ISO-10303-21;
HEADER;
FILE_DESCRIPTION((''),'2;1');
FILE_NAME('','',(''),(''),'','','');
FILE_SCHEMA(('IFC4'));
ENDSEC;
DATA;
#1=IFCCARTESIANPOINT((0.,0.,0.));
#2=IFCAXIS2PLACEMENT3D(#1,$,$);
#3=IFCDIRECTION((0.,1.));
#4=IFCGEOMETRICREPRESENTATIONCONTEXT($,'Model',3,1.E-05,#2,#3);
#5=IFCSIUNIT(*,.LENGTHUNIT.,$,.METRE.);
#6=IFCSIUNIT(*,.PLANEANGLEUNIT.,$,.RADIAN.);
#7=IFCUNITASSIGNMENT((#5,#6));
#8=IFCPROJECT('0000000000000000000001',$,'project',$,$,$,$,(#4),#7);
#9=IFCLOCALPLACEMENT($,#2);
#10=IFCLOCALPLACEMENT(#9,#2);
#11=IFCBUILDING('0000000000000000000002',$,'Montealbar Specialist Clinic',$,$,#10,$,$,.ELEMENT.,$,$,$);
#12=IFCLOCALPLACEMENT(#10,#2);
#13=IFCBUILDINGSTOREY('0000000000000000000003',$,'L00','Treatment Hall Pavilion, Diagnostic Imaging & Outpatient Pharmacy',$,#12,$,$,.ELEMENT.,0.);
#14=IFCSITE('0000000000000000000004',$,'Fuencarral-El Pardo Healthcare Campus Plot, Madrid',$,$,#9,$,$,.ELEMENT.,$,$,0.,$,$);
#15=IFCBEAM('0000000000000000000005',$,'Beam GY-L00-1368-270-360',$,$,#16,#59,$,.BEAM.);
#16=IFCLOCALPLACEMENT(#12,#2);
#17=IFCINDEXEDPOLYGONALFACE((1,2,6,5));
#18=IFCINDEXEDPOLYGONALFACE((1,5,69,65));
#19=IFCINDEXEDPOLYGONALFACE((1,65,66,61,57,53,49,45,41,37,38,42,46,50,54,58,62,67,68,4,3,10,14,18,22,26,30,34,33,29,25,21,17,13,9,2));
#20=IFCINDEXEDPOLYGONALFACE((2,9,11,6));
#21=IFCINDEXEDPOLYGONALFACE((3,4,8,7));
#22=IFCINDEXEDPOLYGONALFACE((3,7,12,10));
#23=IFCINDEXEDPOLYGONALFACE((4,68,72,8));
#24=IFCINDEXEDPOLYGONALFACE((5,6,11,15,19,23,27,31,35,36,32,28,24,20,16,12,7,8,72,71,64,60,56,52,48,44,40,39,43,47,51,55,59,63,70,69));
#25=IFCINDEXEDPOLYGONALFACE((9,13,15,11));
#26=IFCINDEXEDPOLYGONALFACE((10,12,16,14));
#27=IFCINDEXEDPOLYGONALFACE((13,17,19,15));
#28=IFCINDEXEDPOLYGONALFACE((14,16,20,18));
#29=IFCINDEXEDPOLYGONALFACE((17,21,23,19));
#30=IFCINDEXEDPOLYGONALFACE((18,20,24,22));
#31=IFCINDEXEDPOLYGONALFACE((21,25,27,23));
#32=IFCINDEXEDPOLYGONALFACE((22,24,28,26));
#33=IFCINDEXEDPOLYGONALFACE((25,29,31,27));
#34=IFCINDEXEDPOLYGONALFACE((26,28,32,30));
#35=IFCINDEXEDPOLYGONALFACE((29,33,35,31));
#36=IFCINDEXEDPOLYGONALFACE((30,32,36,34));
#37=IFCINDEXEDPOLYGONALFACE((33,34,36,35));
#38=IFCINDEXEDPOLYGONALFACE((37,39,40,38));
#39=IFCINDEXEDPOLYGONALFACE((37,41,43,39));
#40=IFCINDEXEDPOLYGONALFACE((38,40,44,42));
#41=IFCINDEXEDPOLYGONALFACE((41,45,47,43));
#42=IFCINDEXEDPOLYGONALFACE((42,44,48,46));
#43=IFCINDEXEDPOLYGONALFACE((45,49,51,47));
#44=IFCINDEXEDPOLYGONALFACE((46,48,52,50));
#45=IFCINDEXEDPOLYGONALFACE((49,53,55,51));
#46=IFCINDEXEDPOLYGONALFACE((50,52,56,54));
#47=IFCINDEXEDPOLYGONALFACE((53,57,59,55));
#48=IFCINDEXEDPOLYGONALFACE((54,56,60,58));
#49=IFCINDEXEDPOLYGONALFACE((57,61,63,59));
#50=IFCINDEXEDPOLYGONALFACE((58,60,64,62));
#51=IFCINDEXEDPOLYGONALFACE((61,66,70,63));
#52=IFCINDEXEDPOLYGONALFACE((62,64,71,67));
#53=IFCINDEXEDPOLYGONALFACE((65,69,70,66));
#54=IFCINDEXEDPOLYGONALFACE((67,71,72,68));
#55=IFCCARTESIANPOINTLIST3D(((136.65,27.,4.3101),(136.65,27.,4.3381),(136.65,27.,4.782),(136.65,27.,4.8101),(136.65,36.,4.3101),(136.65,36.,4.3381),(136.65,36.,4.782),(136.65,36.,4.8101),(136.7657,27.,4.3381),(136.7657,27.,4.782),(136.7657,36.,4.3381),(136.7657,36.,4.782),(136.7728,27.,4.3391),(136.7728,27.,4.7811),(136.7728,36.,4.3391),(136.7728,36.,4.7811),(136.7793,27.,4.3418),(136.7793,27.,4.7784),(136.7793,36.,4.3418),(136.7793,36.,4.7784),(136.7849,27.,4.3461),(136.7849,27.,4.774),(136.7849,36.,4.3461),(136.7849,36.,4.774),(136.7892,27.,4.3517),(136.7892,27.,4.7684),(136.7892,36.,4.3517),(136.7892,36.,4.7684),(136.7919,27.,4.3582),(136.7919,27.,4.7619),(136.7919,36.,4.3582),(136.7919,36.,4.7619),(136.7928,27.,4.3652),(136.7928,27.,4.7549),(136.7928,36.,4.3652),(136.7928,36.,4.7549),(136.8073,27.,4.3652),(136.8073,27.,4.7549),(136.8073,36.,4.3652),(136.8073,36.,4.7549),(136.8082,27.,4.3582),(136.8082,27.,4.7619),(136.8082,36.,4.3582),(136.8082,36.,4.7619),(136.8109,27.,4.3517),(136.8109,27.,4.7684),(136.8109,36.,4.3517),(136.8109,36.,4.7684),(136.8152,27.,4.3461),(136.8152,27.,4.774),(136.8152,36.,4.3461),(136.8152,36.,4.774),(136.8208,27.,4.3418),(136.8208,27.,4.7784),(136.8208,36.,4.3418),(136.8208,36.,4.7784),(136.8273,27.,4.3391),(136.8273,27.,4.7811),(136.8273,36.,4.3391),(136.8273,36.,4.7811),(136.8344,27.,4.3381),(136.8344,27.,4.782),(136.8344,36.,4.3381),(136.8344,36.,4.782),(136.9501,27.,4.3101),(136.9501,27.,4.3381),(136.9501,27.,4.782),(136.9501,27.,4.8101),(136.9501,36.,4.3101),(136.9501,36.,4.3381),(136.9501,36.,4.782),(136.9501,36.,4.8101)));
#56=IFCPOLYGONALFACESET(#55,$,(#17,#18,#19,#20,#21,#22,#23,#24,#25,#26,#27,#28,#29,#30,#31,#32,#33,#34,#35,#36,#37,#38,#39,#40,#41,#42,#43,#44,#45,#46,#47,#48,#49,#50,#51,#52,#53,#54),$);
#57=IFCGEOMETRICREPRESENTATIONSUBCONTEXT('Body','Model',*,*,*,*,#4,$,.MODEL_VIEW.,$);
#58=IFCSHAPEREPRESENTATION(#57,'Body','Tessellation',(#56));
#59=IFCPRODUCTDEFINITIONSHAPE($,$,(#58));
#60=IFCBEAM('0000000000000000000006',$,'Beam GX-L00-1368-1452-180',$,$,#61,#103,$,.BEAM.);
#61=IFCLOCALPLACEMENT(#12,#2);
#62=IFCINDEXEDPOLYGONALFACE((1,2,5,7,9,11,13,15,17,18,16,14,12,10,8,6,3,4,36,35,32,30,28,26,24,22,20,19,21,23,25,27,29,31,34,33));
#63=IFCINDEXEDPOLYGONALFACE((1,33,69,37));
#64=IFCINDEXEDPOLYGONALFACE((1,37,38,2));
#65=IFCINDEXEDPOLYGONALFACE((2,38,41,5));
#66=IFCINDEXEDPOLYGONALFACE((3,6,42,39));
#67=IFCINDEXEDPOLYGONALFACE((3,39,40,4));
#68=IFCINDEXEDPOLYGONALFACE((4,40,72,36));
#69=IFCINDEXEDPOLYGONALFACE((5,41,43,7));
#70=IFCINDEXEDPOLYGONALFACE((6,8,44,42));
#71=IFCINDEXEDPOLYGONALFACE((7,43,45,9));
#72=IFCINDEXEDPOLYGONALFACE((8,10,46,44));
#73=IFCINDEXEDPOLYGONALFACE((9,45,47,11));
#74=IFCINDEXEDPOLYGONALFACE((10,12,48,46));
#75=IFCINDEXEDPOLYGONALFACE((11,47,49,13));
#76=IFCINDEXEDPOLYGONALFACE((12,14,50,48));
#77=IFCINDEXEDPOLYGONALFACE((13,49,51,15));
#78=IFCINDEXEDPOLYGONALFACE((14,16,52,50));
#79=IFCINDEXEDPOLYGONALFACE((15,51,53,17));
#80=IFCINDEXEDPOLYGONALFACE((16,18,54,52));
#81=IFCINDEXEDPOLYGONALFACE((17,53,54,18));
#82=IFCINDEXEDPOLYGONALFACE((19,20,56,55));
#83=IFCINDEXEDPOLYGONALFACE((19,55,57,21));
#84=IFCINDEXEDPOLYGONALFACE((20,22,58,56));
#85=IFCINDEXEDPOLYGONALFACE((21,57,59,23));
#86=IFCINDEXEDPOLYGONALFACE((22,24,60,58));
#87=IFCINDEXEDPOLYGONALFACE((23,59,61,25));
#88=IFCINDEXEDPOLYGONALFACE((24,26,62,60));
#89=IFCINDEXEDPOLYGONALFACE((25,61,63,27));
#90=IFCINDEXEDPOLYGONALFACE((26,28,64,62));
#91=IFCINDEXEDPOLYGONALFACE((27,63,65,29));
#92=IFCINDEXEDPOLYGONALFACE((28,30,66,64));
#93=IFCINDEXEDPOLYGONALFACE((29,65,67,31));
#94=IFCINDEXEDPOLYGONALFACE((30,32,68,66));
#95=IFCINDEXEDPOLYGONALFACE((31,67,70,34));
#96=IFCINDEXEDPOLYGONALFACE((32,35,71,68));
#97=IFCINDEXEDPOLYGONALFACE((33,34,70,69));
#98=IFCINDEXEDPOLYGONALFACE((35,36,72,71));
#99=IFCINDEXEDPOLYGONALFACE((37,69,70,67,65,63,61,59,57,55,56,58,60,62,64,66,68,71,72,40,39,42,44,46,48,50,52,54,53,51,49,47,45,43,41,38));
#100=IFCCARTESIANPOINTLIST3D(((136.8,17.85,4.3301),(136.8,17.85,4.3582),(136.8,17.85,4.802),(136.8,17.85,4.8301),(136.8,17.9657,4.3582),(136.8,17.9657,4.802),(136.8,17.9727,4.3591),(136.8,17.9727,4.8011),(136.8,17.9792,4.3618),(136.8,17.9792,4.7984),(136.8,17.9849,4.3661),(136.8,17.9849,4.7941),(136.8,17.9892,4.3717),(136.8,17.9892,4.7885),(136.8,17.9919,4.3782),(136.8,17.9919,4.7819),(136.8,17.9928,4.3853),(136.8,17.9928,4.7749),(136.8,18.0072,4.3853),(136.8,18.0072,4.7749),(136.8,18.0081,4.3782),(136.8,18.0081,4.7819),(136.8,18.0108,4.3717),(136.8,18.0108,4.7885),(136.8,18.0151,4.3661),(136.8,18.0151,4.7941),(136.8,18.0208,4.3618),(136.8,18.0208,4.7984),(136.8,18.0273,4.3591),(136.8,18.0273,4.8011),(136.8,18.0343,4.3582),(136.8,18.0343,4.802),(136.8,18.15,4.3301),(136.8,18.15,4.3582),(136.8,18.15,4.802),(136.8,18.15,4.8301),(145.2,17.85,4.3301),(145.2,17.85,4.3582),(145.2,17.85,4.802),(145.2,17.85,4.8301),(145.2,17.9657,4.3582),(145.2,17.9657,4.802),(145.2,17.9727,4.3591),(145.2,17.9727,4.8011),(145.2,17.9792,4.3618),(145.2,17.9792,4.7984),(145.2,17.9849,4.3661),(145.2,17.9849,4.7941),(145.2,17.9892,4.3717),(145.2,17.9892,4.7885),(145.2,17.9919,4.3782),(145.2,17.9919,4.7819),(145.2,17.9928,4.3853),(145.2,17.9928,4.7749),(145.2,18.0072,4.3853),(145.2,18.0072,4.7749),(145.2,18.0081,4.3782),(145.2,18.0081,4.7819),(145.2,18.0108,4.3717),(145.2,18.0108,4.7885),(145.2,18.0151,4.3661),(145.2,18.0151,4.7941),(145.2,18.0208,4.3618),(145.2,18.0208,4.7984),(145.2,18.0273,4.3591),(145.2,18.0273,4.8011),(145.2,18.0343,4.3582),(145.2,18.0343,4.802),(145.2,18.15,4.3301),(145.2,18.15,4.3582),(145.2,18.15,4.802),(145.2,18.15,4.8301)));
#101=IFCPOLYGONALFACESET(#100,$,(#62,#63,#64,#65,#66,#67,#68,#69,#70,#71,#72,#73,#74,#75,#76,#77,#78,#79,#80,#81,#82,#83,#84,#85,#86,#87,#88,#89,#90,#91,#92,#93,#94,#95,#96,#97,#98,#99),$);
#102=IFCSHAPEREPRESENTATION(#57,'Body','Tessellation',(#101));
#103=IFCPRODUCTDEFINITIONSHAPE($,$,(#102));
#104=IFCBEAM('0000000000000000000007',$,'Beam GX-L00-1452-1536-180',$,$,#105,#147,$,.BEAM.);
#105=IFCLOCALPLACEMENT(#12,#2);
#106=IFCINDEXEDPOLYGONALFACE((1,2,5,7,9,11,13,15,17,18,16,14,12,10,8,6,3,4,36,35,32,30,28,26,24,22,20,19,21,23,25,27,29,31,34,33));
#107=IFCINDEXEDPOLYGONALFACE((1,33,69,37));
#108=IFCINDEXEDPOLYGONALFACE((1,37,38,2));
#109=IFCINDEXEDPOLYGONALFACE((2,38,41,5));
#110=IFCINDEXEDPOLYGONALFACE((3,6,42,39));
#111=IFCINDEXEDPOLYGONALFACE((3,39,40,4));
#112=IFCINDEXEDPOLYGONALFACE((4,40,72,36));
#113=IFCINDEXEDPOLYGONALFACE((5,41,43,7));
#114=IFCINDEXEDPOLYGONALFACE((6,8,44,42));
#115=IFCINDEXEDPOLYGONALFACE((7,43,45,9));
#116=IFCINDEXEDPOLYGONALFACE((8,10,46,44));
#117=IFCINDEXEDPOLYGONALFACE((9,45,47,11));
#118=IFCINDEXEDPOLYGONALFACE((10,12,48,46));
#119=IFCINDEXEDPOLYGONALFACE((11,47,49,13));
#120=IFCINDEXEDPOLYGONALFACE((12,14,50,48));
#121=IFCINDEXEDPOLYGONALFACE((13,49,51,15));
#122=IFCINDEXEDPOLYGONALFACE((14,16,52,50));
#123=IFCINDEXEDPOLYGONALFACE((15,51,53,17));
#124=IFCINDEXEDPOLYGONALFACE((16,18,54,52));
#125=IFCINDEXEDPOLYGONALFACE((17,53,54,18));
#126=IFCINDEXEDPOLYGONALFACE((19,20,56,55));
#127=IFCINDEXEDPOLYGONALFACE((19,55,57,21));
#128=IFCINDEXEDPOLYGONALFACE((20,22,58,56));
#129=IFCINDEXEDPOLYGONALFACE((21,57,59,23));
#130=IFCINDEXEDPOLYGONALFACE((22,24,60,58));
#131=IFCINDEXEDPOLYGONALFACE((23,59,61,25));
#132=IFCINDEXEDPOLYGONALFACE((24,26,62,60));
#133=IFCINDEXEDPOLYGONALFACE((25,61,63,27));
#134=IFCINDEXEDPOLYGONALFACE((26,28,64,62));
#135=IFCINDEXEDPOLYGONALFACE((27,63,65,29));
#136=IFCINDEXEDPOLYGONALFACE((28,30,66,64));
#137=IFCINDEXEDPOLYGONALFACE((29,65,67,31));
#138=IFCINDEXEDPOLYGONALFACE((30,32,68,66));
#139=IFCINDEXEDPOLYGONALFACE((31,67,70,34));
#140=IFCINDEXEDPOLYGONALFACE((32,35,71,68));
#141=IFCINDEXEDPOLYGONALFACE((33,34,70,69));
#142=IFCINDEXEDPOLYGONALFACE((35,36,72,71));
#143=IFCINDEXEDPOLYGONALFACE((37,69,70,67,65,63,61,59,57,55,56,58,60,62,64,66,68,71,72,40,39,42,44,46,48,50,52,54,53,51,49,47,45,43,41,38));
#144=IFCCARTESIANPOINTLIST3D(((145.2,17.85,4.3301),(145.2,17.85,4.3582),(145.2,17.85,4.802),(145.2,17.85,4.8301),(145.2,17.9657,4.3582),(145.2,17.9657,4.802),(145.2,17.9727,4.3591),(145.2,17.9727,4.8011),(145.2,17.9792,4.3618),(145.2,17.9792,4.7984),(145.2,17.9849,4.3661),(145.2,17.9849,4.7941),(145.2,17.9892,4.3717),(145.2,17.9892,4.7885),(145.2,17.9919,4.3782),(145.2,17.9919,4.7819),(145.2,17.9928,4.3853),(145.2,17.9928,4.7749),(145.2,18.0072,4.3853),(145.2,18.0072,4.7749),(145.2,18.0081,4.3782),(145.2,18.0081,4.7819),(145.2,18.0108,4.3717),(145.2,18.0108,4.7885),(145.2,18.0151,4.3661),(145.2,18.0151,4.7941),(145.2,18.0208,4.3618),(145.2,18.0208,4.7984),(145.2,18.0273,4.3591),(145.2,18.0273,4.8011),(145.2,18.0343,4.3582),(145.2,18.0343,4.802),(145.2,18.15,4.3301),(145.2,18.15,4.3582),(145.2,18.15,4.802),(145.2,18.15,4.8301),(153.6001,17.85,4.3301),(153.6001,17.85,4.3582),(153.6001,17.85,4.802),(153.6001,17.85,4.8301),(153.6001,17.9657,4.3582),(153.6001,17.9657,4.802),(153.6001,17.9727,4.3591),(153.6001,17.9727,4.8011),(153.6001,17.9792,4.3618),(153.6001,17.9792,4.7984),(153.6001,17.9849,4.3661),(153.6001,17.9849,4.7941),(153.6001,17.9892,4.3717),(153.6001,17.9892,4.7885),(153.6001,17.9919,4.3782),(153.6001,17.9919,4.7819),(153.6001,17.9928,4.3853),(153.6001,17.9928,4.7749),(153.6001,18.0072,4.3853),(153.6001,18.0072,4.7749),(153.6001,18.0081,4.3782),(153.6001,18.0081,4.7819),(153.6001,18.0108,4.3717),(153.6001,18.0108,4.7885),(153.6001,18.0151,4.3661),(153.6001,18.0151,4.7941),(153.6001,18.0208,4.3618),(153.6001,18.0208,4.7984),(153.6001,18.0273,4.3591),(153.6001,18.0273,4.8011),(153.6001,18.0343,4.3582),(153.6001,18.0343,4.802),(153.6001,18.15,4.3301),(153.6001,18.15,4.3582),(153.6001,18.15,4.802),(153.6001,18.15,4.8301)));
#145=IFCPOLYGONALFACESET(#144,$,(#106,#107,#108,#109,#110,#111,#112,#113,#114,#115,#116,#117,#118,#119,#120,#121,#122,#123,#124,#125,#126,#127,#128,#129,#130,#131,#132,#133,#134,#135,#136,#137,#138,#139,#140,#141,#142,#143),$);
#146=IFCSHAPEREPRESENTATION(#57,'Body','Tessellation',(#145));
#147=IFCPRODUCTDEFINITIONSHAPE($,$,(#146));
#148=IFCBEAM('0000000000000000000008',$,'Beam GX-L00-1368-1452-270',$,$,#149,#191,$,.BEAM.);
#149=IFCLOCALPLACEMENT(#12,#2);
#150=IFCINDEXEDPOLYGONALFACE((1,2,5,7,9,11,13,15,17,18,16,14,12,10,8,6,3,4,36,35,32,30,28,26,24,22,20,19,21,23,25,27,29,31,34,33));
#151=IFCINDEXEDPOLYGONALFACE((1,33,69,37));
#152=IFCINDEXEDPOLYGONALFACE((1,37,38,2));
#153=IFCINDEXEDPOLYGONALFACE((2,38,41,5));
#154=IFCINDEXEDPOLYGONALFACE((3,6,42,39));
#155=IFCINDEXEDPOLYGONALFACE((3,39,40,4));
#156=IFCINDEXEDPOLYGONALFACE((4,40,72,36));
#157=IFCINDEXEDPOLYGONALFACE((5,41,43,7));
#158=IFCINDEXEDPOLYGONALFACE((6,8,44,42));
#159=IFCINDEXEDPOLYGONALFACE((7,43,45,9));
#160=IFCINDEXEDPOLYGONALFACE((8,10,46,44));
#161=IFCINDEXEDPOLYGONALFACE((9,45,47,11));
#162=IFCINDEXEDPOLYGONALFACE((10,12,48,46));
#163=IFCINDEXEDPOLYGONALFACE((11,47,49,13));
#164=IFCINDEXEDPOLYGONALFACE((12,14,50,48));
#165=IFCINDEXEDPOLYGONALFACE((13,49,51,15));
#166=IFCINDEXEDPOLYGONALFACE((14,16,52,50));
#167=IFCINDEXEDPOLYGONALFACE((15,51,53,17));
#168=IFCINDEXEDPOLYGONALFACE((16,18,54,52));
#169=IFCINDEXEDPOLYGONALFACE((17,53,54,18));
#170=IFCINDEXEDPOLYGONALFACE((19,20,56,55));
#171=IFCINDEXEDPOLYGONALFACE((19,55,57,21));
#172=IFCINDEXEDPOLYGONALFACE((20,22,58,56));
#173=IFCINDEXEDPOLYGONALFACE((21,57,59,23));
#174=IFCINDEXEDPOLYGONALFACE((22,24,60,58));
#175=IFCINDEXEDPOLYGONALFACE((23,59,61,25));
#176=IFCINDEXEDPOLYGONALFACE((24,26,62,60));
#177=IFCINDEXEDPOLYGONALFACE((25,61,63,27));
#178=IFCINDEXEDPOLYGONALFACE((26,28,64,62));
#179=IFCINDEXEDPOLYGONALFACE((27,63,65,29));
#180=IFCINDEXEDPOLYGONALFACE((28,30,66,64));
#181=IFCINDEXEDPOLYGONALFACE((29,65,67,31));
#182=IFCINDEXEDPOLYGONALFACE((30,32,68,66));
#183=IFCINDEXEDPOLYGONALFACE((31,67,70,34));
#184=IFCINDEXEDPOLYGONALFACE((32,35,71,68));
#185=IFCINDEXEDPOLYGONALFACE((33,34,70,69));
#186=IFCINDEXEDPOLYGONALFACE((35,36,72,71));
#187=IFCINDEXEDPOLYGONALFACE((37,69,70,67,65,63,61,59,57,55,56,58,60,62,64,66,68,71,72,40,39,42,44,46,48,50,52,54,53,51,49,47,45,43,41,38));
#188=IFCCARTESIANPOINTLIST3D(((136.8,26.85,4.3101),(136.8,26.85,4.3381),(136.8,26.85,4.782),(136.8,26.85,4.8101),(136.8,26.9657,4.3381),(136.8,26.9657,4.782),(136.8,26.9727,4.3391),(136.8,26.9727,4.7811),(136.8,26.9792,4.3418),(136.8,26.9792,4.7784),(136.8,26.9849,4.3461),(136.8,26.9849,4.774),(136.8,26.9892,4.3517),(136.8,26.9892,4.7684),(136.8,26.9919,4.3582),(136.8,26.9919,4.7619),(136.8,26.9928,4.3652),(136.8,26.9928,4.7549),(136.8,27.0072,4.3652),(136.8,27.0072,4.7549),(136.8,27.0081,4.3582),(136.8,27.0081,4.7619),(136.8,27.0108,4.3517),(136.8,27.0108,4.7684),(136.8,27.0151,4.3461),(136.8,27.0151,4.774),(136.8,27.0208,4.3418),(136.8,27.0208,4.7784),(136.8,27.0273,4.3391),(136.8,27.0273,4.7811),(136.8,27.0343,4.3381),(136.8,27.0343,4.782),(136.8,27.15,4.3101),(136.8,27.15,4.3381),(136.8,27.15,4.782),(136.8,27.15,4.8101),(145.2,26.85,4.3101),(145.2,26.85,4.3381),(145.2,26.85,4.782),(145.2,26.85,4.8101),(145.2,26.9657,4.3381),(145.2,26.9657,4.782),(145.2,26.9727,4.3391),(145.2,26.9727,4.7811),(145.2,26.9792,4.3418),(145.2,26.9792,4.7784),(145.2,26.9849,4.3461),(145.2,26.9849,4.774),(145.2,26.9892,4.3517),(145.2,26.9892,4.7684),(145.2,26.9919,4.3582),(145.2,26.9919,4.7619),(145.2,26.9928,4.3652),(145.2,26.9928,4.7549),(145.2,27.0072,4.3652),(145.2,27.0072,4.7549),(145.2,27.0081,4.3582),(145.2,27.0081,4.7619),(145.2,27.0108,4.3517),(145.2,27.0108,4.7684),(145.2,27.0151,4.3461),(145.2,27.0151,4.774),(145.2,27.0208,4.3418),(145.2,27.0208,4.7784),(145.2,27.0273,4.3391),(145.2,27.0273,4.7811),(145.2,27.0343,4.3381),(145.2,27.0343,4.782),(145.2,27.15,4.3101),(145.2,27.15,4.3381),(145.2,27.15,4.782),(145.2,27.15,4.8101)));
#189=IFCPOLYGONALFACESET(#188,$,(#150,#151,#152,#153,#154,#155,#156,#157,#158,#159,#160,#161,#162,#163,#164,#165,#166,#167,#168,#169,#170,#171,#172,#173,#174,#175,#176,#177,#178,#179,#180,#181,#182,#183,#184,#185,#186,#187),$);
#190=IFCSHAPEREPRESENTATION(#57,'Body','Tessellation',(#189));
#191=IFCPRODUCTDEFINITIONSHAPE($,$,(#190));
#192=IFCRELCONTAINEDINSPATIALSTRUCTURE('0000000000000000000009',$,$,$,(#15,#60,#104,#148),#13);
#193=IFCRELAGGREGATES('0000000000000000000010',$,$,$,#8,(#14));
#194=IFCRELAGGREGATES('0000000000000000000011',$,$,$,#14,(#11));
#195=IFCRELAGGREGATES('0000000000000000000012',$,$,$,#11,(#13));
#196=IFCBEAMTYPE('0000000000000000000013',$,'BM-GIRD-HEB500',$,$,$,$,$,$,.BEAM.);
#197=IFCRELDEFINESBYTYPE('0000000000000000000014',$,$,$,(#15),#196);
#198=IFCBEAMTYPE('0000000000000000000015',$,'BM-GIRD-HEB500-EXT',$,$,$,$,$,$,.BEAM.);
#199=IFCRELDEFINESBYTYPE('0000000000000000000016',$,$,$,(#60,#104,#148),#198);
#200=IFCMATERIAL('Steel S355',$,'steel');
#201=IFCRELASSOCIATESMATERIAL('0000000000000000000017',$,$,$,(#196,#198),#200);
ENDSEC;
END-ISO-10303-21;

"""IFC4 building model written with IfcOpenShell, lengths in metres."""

from ifc_helpers import new_model, si_unit, direction, frame, origin, origin_2d, place, context, subcontext, project, spatial, i_section, extrude, material, material_profile, profile_set, type_object, element, save


model = new_model("IFC4")

# Units and contexts
model_context = context("Model", 3, precision=1e-05, world=origin(), true_north=direction((0.0, 1.0)))
body_context = subcontext(model_context, "Body", "Model", "MODEL_VIEW")
ifc_project = project(units=[si_unit("LENGTHUNIT", "METRE"), si_unit("PLANEANGLEUNIT", "RADIAN")], contexts=[model_context])

# Site, building, storey
site_placement = place(None, origin())
site = spatial("IfcSite", under=ifc_project, at=site_placement, Name="Fuencarral-El Pardo Healthcare Campus Plot, Madrid", CompositionType="ELEMENT", RefElevation=0.0)
building_placement = place(site_placement, origin())
building = spatial("IfcBuilding", under=site, at=building_placement, Name="Montealbar Specialist Clinic", CompositionType="ELEMENT")
storey_placement = place(building_placement, origin())
storey = spatial("IfcBuildingStorey", under=building, at=storey_placement, Name="L00", Description="Treatment Hall Pavilion, Diagnostic Imaging & Outpatient Pharmacy", CompositionType="ELEMENT", Elevation=0.0)

# Shared definitions
ifc_material_1 = material(Name="Steel S355", Category="steel")

# Beams
ifc_material_profile_1 = material_profile(ifc_material_1, i_section(OverallWidth=0.3, OverallDepth=0.5, WebThickness=0.0144, FlangeThickness=0.0281, FilletRadius=0.0271, at=origin_2d()), Name="HEB 500", Category="steel")
ifc_profile_set_1 = profile_set([ifc_material_profile_1], Name="Steel S355")
beam_type_1 = type_object("IfcBeamType", Name="BM-GIRD-HEB500", PredefinedType="BEAM", material=ifc_profile_set_1)
beam_1_placement = place(storey_placement, frame((136.8, 27.0, 4.5601), z_axis=(0.0, 1.0, 0.0), x_axis=(-1.0, 0.0, 0.0)))
element("IfcBeam", 1, at=beam_1_placement, inside=storey, type_object=beam_type_1, Name="Beam GY-L00-1368-270-360", PredefinedType="BEAM", context=body_context, shape_type="SweptSolid", body=[
    extrude(i_section(OverallWidth=0.3, OverallDepth=0.5, WebThickness=0.0144, FlangeThickness=0.0281, FilletRadius=0.0271, at=origin_2d()), origin(), (0.0, 0.0, 1.0), 9.0),
])
ifc_material_profile_2 = material_profile(ifc_material_1, i_section(OverallWidth=0.3, OverallDepth=0.5, WebThickness=0.0144, FlangeThickness=0.0281, FilletRadius=0.0271, at=origin_2d()), Name="HEB 500", Category="steel")
ifc_profile_set_2 = profile_set([ifc_material_profile_2], Name="Steel S355")
beam_type_2 = type_object("IfcBeamType", Name="BM-GIRD-HEB500-EXT", PredefinedType="BEAM", material=ifc_profile_set_2)
beam_2_placement = place(storey_placement, frame((136.8, 18.0, 4.5801), z_axis=(1.0, 0.0, 0.0), x_axis=(0.0, 1.0, 0.0)))
element("IfcBeam", 2, at=beam_2_placement, inside=storey, type_object=beam_type_2, Name="Beam GX-L00-1368-1452-180", PredefinedType="BEAM", context=body_context, shape_type="SweptSolid", body=[
    extrude(i_section(OverallWidth=0.3, OverallDepth=0.5, WebThickness=0.0144, FlangeThickness=0.0281, FilletRadius=0.0271, at=origin_2d()), origin(), (0.0, 0.0, 1.0), 8.3999),
])
beam_3_placement = place(storey_placement, frame((145.2, 18.0, 4.5801), z_axis=(1.0, 0.0, 0.0), x_axis=(0.0, 1.0, 0.0)))
element("IfcBeam", 3, at=beam_3_placement, inside=storey, type_object=beam_type_2, Name="Beam GX-L00-1452-1536-180", PredefinedType="BEAM", context=body_context, shape_type="SweptSolid", body=[
    extrude(i_section(OverallWidth=0.3, OverallDepth=0.5, WebThickness=0.0144, FlangeThickness=0.0281, FilletRadius=0.0271, at=origin_2d()), origin(), (0.0, 0.0, 1.0), 8.4001),
])
beam_4_placement = place(storey_placement, frame((136.8, 27.0, 4.5601), z_axis=(1.0, 0.0, 0.0), x_axis=(0.0, 1.0, 0.0)))
element("IfcBeam", 4, at=beam_4_placement, inside=storey, type_object=beam_type_2, Name="Beam GX-L00-1368-1452-270", PredefinedType="BEAM", context=body_context, shape_type="SweptSolid", body=[
    extrude(i_section(OverallWidth=0.3, OverallDepth=0.5, WebThickness=0.0144, FlangeThickness=0.0281, FilletRadius=0.0271, at=origin_2d()), origin(), (0.0, 0.0, 1.0), 8.3999),
])

save(model, "model.ifc")
